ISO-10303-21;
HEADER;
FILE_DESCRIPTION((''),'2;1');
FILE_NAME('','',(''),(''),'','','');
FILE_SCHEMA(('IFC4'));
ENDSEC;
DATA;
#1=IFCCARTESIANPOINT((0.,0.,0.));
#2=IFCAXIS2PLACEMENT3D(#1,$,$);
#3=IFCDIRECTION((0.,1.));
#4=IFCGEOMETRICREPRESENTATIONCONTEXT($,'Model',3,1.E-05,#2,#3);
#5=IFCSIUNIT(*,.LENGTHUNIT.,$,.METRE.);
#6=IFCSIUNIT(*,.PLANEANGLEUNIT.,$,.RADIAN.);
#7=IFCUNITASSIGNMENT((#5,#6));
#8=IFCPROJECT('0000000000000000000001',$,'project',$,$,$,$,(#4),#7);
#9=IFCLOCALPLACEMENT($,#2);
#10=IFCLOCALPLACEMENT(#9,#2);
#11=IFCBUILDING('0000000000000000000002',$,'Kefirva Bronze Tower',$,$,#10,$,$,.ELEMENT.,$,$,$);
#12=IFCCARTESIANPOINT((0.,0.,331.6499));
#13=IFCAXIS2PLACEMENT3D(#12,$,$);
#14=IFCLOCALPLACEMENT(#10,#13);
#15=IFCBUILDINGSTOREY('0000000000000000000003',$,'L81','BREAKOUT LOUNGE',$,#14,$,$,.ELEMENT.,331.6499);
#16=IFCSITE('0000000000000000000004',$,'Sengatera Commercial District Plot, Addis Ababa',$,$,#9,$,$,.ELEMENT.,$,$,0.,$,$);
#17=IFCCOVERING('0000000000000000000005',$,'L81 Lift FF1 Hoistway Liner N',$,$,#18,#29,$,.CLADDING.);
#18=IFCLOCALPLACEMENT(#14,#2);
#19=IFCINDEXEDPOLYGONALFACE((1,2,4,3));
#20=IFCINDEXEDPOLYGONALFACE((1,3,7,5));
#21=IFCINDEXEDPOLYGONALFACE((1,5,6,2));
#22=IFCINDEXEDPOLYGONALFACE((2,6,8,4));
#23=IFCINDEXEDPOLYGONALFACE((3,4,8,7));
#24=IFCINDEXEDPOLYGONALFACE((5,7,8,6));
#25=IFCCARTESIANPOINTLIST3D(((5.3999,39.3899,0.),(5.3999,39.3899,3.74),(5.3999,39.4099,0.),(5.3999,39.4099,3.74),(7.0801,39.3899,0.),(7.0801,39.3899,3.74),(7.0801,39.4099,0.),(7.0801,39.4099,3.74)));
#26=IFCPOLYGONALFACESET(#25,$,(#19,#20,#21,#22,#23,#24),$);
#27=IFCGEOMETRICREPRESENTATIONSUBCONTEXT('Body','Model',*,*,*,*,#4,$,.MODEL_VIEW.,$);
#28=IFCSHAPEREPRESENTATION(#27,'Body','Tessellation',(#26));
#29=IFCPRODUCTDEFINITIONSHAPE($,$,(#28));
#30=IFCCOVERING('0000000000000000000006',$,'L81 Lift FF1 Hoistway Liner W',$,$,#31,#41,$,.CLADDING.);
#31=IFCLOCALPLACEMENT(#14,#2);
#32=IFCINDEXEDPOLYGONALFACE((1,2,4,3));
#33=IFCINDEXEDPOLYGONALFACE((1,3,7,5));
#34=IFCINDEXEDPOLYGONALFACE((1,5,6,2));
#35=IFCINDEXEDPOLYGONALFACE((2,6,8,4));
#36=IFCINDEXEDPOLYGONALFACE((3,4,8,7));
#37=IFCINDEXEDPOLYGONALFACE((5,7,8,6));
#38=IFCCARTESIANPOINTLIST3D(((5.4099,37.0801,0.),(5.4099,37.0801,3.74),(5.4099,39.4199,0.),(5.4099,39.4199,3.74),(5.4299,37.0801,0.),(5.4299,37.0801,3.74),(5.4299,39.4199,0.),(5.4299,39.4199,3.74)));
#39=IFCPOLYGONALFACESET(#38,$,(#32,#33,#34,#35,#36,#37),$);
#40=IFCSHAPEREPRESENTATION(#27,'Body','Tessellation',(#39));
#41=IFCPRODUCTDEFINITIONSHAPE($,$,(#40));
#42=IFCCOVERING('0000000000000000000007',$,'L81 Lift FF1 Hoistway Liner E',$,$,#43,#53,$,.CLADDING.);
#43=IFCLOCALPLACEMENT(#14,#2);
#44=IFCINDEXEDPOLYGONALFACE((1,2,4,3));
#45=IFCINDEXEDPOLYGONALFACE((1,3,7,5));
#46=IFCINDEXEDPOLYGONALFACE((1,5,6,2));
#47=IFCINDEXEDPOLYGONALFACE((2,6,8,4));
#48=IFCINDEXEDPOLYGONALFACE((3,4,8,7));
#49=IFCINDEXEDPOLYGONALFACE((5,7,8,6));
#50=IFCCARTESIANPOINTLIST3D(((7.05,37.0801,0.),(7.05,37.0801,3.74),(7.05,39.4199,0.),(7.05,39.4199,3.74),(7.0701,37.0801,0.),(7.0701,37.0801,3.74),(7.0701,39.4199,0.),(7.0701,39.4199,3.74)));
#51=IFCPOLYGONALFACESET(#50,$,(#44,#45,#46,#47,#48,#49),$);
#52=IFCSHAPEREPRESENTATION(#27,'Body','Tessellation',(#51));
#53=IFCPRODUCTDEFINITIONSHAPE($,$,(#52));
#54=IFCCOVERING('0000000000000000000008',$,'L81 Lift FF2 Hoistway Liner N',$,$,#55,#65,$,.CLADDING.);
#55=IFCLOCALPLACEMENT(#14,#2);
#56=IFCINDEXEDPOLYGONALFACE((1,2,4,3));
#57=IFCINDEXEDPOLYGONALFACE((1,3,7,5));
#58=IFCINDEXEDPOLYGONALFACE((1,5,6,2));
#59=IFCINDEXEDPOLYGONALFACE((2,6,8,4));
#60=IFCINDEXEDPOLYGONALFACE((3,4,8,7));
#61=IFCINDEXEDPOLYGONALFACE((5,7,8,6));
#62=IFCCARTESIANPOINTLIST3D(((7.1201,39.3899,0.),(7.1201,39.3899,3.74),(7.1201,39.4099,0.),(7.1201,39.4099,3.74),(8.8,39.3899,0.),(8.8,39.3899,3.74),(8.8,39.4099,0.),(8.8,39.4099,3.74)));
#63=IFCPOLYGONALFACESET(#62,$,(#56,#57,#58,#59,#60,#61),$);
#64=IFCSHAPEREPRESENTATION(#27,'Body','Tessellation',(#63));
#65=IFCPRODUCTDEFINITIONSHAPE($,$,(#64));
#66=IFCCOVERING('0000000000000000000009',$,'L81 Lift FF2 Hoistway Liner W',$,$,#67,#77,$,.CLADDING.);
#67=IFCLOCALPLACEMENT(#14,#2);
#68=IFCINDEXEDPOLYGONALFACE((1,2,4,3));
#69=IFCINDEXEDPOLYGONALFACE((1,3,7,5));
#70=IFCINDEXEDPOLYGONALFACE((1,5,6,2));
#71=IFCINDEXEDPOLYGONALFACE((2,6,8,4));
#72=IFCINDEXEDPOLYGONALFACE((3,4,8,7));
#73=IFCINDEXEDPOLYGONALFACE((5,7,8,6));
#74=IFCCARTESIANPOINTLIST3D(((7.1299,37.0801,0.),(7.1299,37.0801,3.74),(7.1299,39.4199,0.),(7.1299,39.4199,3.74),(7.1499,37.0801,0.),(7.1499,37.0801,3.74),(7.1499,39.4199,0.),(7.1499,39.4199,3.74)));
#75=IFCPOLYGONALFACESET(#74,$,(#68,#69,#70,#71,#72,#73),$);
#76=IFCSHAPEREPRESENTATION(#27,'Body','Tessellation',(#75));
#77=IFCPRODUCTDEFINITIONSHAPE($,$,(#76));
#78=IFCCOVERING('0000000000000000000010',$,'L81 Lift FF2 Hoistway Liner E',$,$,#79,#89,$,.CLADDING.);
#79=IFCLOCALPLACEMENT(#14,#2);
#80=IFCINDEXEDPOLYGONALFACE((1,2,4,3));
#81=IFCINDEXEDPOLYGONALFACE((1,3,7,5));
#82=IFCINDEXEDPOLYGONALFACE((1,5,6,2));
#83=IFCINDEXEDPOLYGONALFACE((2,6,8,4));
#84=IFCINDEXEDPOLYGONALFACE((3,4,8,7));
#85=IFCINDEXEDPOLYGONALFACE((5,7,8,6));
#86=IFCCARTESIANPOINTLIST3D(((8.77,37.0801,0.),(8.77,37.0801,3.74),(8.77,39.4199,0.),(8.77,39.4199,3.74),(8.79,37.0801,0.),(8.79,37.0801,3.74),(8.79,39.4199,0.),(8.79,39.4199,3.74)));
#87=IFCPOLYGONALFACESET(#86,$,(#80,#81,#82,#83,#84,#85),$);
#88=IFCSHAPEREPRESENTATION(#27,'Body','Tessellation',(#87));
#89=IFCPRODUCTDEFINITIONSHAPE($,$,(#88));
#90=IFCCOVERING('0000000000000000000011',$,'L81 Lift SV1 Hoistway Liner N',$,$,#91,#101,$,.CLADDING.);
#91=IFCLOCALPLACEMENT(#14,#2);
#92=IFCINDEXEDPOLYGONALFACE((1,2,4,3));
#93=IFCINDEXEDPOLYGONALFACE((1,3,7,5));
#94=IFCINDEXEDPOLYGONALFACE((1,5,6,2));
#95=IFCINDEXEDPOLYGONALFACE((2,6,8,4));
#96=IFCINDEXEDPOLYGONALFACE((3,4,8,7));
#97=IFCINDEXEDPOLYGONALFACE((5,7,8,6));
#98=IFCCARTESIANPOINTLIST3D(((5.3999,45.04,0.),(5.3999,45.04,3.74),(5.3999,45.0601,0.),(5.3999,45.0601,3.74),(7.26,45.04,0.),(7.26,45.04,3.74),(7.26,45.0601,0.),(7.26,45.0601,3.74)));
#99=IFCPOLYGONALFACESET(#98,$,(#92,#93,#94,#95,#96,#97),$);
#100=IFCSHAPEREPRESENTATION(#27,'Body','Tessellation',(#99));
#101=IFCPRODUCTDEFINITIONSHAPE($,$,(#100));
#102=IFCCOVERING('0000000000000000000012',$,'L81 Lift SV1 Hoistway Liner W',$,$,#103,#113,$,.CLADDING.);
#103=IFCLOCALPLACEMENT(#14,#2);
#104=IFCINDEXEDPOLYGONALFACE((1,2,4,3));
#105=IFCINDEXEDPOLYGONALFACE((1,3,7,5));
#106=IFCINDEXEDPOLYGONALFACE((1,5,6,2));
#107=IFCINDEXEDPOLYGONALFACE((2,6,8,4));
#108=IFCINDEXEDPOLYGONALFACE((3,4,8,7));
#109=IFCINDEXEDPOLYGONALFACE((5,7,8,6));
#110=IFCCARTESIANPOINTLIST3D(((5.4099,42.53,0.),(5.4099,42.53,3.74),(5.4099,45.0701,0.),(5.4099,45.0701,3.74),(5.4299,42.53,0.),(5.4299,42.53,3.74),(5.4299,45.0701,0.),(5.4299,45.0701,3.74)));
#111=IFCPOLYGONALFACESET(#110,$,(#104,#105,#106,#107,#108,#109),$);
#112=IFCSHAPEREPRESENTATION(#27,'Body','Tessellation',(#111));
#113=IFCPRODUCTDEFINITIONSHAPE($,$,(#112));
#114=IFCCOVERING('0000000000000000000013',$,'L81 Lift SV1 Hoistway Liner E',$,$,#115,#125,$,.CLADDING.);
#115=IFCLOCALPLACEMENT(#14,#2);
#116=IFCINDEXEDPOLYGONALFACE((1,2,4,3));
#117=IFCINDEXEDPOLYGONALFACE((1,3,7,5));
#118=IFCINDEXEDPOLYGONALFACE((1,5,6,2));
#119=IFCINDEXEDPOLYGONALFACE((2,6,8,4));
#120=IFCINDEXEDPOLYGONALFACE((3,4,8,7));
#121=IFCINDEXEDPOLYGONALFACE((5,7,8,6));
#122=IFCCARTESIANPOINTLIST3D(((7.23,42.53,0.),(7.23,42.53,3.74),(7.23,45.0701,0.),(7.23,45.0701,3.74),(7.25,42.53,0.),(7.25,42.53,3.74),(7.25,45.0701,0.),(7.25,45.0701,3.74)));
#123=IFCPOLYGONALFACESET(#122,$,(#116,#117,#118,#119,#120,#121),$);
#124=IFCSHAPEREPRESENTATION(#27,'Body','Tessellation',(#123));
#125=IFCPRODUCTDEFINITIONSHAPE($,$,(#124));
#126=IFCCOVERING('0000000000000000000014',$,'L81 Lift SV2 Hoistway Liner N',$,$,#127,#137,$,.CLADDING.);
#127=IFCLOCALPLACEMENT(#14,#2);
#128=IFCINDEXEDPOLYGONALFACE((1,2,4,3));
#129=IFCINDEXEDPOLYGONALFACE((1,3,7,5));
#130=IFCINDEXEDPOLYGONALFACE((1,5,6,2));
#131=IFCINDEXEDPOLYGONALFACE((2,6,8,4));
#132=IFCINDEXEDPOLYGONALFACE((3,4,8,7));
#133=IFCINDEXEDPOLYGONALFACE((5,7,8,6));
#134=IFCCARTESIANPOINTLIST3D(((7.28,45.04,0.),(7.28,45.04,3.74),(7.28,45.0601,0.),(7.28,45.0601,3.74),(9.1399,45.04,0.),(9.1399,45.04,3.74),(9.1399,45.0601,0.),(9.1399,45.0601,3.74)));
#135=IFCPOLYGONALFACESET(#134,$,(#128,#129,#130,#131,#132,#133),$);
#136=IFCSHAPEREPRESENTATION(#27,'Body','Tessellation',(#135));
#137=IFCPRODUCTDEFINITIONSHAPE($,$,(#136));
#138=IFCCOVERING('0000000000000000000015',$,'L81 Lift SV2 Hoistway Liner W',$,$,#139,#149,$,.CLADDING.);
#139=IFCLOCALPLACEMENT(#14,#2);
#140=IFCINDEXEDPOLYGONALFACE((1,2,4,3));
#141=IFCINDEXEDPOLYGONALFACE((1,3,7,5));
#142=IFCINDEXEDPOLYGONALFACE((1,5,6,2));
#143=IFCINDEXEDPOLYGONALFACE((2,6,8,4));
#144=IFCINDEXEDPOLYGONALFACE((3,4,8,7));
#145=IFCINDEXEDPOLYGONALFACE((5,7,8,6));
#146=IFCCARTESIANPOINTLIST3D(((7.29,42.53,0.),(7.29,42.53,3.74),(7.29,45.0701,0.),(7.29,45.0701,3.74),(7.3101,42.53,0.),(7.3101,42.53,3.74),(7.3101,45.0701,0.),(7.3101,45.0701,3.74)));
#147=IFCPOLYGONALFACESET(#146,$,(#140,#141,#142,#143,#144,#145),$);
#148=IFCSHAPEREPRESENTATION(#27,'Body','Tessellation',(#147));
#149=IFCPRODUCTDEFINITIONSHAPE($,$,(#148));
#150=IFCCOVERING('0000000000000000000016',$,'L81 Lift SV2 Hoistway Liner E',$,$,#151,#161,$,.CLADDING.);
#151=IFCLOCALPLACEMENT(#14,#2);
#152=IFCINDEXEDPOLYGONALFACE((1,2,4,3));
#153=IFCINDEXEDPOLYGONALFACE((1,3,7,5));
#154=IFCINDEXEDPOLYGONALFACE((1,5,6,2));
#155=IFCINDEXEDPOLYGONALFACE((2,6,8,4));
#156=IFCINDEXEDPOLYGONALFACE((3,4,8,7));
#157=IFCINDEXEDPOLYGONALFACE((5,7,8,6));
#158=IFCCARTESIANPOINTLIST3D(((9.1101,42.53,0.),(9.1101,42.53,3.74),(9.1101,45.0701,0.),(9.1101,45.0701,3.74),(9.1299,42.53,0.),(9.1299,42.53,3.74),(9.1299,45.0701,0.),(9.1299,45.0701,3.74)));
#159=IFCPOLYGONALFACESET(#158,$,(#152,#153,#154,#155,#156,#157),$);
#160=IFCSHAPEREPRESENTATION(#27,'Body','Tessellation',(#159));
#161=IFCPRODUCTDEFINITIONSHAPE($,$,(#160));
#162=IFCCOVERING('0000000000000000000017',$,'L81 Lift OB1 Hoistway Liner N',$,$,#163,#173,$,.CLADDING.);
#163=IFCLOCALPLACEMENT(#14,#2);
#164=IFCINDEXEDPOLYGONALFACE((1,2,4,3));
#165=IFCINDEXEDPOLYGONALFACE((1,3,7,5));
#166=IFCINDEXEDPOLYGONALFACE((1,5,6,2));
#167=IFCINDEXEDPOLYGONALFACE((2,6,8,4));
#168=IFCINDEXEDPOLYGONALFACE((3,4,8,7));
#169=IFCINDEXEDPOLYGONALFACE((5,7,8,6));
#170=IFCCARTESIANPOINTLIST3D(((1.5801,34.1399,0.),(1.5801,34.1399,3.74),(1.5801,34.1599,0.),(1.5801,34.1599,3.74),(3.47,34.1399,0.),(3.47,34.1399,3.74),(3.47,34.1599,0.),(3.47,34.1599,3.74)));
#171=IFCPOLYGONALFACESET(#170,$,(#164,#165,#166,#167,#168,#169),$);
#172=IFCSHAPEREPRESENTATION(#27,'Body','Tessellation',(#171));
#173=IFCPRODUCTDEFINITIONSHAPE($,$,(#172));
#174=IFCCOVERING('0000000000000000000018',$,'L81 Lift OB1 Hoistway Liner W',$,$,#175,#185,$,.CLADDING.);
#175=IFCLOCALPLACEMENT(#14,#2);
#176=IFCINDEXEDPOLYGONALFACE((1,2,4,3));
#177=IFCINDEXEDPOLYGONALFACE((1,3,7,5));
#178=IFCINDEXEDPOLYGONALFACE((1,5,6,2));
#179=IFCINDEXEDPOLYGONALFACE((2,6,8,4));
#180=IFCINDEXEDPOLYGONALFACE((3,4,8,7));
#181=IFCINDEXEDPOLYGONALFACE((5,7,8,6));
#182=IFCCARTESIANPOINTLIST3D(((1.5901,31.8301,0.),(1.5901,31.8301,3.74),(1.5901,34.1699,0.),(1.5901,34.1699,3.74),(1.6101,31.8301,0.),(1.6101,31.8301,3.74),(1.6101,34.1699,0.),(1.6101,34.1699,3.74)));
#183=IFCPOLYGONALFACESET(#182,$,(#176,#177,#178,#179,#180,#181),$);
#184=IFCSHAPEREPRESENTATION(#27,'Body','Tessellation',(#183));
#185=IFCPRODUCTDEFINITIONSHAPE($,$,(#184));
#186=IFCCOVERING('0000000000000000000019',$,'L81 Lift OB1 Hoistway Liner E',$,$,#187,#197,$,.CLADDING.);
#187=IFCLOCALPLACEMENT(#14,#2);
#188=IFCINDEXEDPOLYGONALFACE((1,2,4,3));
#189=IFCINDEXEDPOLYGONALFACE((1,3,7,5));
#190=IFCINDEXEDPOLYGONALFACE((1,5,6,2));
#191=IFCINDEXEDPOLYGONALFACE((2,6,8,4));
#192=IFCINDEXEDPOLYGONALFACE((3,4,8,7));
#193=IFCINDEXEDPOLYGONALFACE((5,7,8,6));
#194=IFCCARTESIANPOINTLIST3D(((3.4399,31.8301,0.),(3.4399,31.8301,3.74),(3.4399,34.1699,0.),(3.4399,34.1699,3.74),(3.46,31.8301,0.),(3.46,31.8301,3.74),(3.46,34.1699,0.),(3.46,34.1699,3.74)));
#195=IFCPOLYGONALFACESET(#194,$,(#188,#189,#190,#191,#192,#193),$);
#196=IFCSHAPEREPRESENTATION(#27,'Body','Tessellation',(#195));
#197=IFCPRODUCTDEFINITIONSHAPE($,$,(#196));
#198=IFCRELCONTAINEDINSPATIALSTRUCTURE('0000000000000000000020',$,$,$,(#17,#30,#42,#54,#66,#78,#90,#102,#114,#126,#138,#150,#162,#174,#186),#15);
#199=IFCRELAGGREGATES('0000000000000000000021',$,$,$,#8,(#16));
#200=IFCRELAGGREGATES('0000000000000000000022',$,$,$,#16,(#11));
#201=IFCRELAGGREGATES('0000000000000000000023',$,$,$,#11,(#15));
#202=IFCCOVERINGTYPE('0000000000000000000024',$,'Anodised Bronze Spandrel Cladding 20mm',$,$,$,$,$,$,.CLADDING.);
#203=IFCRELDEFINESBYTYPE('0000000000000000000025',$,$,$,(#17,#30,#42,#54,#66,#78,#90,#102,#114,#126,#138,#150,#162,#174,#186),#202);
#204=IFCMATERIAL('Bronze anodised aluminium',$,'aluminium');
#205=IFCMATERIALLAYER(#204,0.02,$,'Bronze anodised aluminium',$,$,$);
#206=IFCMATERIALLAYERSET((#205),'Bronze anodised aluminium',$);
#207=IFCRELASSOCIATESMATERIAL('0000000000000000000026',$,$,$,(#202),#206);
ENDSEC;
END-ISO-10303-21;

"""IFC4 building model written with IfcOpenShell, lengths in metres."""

from ifc_helpers import new_model, si_unit, direction, frame, origin, place, context, subcontext, project, spatial, polyline, outline, extrude, material, layer, layer_set, type_object, element, save


model = new_model("IFC4")

# Units and contexts
model_context = context("Model", 3, precision=1e-05, world=origin(), true_north=direction((0.0, 1.0)))
body_context = subcontext(model_context, "Body", "Model", "MODEL_VIEW")
ifc_project = project(units=[si_unit("LENGTHUNIT", "METRE"), si_unit("PLANEANGLEUNIT", "RADIAN")], contexts=[model_context])

# Site, building, storey
site_placement = place(None, origin())
site = spatial("IfcSite", under=ifc_project, at=site_placement, Name="Sengatera Commercial District Plot, Addis Ababa", CompositionType="ELEMENT", RefElevation=0.0)
building_placement = place(site_placement, origin())
building = spatial("IfcBuilding", under=site, at=building_placement, Name="Kefirva Bronze Tower", CompositionType="ELEMENT")
storey_placement = place(building_placement, frame((0.0, 0.0, 331.6499)))
storey = spatial("IfcBuildingStorey", under=building, at=storey_placement, Name="L81", Description="BREAKOUT LOUNGE", CompositionType="ELEMENT", Elevation=331.6499)

# Shared definitions
ifc_material_1 = material(Name="Bronze anodised aluminium", Category="aluminium")

# Coverings
ifc_layer_1 = layer(ifc_material_1, 0.02, Name="Bronze anodised aluminium")
ifc_layer_set_1 = layer_set([ifc_layer_1], Name="Bronze anodised aluminium")
covering_type_1 = type_object("IfcCoveringType", Name="Anodised Bronze Spandrel Cladding 20mm", PredefinedType="CLADDING", material=ifc_layer_set_1)
covering_1_placement = place(storey_placement, origin())
element("IfcCovering", 1, at=covering_1_placement, inside=storey, type_object=covering_type_1, Name="L81 Lift FF1 Hoistway Liner N", PredefinedType="CLADDING", context=body_context, shape_type="SweptSolid", body=[
    extrude(outline(polyline([(5.3999, 39.3899), (7.0801, 39.3899), (7.0801, 39.4099), (5.3999, 39.4099), (5.3999, 39.3899)])), origin(), (0.0, 0.0, 1.0), 3.74),
])
covering_2_placement = place(storey_placement, origin())
element("IfcCovering", 2, at=covering_2_placement, inside=storey, type_object=covering_type_1, Name="L81 Lift FF1 Hoistway Liner W", PredefinedType="CLADDING", context=body_context, shape_type="SweptSolid", body=[
    extrude(outline(polyline([(5.4099, 37.0801), (5.4299, 37.0801), (5.4299, 39.4199), (5.4099, 39.4199), (5.4099, 37.0801)])), origin(), (0.0, 0.0, 1.0), 3.74),
])
covering_3_placement = place(storey_placement, origin())
element("IfcCovering", 3, at=covering_3_placement, inside=storey, type_object=covering_type_1, Name="L81 Lift FF1 Hoistway Liner E", PredefinedType="CLADDING", context=body_context, shape_type="SweptSolid", body=[
    extrude(outline(polyline([(7.05, 37.0801), (7.0701, 37.0801), (7.0701, 39.4199), (7.05, 39.4199), (7.05, 37.0801)])), origin(), (0.0, 0.0, 1.0), 3.74),
])
covering_4_placement = place(storey_placement, origin())
element("IfcCovering", 4, at=covering_4_placement, inside=storey, type_object=covering_type_1, Name="L81 Lift FF2 Hoistway Liner N", PredefinedType="CLADDING", context=body_context, shape_type="SweptSolid", body=[
    extrude(outline(polyline([(7.1201, 39.3899), (8.8, 39.3899), (8.8, 39.4099), (7.1201, 39.4099), (7.1201, 39.3899)])), origin(), (0.0, 0.0, 1.0), 3.74),
])
covering_5_placement = place(storey_placement, origin())
element("IfcCovering", 5, at=covering_5_placement, inside=storey, type_object=covering_type_1, Name="L81 Lift FF2 Hoistway Liner W", PredefinedType="CLADDING", context=body_context, shape_type="SweptSolid", body=[
    extrude(outline(polyline([(7.1299, 37.0801), (7.1499, 37.0801), (7.1499, 39.4199), (7.1299, 39.4199), (7.1299, 37.0801)])), origin(), (0.0, 0.0, 1.0), 3.74),
])
covering_6_placement = place(storey_placement, origin())
element("IfcCovering", 6, at=covering_6_placement, inside=storey, type_object=covering_type_1, Name="L81 Lift FF2 Hoistway Liner E", PredefinedType="CLADDING", context=body_context, shape_type="SweptSolid", body=[
    extrude(outline(polyline([(8.77, 37.0801), (8.79, 37.0801), (8.79, 39.4199), (8.77, 39.4199), (8.77, 37.0801)])), origin(), (0.0, 0.0, 1.0), 3.74),
])
covering_7_placement = place(storey_placement, origin())
element("IfcCovering", 7, at=covering_7_placement, inside=storey, type_object=covering_type_1, Name="L81 Lift SV1 Hoistway Liner N", PredefinedType="CLADDING", context=body_context, shape_type="SweptSolid", body=[
    extrude(outline(polyline([(5.3999, 45.04), (7.26, 45.04), (7.26, 45.0601), (5.3999, 45.0601), (5.3999, 45.04)])), origin(), (0.0, 0.0, 1.0), 3.74),
])
covering_8_placement = place(storey_placement, origin())
element("IfcCovering", 8, at=covering_8_placement, inside=storey, type_object=covering_type_1, Name="L81 Lift SV1 Hoistway Liner W", PredefinedType="CLADDING", context=body_context, shape_type="SweptSolid", body=[
    extrude(outline(polyline([(5.4099, 42.53), (5.4299, 42.53), (5.4299, 45.0701), (5.4099, 45.0701), (5.4099, 42.53)])), origin(), (0.0, 0.0, 1.0), 3.74),
])
covering_9_placement = place(storey_placement, origin())
element("IfcCovering", 9, at=covering_9_placement, inside=storey, type_object=covering_type_1, Name="L81 Lift SV1 Hoistway Liner E", PredefinedType="CLADDING", context=body_context, shape_type="SweptSolid", body=[
    extrude(outline(polyline([(7.23, 42.53), (7.25, 42.53), (7.25, 45.0701), (7.23, 45.0701), (7.23, 42.53)])), origin(), (0.0, 0.0, 1.0), 3.74),
])
covering_10_placement = place(storey_placement, origin())
element("IfcCovering", 10, at=covering_10_placement, inside=storey, type_object=covering_type_1, Name="L81 Lift SV2 Hoistway Liner N", PredefinedType="CLADDING", context=body_context, shape_type="SweptSolid", body=[
    extrude(outline(polyline([(7.28, 45.04), (9.1399, 45.04), (9.1399, 45.0601), (7.28, 45.0601), (7.28, 45.04)])), origin(), (0.0, 0.0, 1.0), 3.74),
])
covering_11_placement = place(storey_placement, origin())
element("IfcCovering", 11, at=covering_11_placement, inside=storey, type_object=covering_type_1, Name="L81 Lift SV2 Hoistway Liner W", PredefinedType="CLADDING", context=body_context, shape_type="SweptSolid", body=[
    extrude(outline(polyline([(7.29, 42.53), (7.3101, 42.53), (7.3101, 45.0701), (7.29, 45.0701), (7.29, 42.53)])), origin(), (0.0, 0.0, 1.0), 3.74),
])
covering_12_placement = place(storey_placement, origin())
element("IfcCovering", 12, at=covering_12_placement, inside=storey, type_object=covering_type_1, Name="L81 Lift SV2 Hoistway Liner E", PredefinedType="CLADDING", context=body_context, shape_type="SweptSolid", body=[
    extrude(outline(polyline([(9.1101, 42.53), (9.1299, 42.53), (9.1299, 45.0701), (9.1101, 45.0701), (9.1101, 42.53)])), origin(), (0.0, 0.0, 1.0), 3.74),
])
covering_13_placement = place(storey_placement, origin())
element("IfcCovering", 13, at=covering_13_placement, inside=storey, type_object=covering_type_1, Name="L81 Lift OB1 Hoistway Liner N", PredefinedType="CLADDING", context=body_context, shape_type="SweptSolid", body=[
    extrude(outline(polyline([(1.5801, 34.1399), (3.47, 34.1399), (3.47, 34.1599), (1.5801, 34.1599), (1.5801, 34.1399)])), origin(), (0.0, 0.0, 1.0), 3.74),
])
covering_14_placement = place(storey_placement, origin())
element("IfcCovering", 14, at=covering_14_placement, inside=storey, type_object=covering_type_1, Name="L81 Lift OB1 Hoistway Liner W", PredefinedType="CLADDING", context=body_context, shape_type="SweptSolid", body=[
    extrude(outline(polyline([(1.5901, 31.8301), (1.6101, 31.8301), (1.6101, 34.1699), (1.5901, 34.1699), (1.5901, 31.8301)])), origin(), (0.0, 0.0, 1.0), 3.74),
])
covering_15_placement = place(storey_placement, origin())
element("IfcCovering", 15, at=covering_15_placement, inside=storey, type_object=covering_type_1, Name="L81 Lift OB1 Hoistway Liner E", PredefinedType="CLADDING", context=body_context, shape_type="SweptSolid", body=[
    extrude(outline(polyline([(3.4399, 31.8301), (3.46, 31.8301), (3.46, 34.1699), (3.4399, 34.1699), (3.4399, 31.8301)])), origin(), (0.0, 0.0, 1.0), 3.74),
])

save(model, "model.ifc")
